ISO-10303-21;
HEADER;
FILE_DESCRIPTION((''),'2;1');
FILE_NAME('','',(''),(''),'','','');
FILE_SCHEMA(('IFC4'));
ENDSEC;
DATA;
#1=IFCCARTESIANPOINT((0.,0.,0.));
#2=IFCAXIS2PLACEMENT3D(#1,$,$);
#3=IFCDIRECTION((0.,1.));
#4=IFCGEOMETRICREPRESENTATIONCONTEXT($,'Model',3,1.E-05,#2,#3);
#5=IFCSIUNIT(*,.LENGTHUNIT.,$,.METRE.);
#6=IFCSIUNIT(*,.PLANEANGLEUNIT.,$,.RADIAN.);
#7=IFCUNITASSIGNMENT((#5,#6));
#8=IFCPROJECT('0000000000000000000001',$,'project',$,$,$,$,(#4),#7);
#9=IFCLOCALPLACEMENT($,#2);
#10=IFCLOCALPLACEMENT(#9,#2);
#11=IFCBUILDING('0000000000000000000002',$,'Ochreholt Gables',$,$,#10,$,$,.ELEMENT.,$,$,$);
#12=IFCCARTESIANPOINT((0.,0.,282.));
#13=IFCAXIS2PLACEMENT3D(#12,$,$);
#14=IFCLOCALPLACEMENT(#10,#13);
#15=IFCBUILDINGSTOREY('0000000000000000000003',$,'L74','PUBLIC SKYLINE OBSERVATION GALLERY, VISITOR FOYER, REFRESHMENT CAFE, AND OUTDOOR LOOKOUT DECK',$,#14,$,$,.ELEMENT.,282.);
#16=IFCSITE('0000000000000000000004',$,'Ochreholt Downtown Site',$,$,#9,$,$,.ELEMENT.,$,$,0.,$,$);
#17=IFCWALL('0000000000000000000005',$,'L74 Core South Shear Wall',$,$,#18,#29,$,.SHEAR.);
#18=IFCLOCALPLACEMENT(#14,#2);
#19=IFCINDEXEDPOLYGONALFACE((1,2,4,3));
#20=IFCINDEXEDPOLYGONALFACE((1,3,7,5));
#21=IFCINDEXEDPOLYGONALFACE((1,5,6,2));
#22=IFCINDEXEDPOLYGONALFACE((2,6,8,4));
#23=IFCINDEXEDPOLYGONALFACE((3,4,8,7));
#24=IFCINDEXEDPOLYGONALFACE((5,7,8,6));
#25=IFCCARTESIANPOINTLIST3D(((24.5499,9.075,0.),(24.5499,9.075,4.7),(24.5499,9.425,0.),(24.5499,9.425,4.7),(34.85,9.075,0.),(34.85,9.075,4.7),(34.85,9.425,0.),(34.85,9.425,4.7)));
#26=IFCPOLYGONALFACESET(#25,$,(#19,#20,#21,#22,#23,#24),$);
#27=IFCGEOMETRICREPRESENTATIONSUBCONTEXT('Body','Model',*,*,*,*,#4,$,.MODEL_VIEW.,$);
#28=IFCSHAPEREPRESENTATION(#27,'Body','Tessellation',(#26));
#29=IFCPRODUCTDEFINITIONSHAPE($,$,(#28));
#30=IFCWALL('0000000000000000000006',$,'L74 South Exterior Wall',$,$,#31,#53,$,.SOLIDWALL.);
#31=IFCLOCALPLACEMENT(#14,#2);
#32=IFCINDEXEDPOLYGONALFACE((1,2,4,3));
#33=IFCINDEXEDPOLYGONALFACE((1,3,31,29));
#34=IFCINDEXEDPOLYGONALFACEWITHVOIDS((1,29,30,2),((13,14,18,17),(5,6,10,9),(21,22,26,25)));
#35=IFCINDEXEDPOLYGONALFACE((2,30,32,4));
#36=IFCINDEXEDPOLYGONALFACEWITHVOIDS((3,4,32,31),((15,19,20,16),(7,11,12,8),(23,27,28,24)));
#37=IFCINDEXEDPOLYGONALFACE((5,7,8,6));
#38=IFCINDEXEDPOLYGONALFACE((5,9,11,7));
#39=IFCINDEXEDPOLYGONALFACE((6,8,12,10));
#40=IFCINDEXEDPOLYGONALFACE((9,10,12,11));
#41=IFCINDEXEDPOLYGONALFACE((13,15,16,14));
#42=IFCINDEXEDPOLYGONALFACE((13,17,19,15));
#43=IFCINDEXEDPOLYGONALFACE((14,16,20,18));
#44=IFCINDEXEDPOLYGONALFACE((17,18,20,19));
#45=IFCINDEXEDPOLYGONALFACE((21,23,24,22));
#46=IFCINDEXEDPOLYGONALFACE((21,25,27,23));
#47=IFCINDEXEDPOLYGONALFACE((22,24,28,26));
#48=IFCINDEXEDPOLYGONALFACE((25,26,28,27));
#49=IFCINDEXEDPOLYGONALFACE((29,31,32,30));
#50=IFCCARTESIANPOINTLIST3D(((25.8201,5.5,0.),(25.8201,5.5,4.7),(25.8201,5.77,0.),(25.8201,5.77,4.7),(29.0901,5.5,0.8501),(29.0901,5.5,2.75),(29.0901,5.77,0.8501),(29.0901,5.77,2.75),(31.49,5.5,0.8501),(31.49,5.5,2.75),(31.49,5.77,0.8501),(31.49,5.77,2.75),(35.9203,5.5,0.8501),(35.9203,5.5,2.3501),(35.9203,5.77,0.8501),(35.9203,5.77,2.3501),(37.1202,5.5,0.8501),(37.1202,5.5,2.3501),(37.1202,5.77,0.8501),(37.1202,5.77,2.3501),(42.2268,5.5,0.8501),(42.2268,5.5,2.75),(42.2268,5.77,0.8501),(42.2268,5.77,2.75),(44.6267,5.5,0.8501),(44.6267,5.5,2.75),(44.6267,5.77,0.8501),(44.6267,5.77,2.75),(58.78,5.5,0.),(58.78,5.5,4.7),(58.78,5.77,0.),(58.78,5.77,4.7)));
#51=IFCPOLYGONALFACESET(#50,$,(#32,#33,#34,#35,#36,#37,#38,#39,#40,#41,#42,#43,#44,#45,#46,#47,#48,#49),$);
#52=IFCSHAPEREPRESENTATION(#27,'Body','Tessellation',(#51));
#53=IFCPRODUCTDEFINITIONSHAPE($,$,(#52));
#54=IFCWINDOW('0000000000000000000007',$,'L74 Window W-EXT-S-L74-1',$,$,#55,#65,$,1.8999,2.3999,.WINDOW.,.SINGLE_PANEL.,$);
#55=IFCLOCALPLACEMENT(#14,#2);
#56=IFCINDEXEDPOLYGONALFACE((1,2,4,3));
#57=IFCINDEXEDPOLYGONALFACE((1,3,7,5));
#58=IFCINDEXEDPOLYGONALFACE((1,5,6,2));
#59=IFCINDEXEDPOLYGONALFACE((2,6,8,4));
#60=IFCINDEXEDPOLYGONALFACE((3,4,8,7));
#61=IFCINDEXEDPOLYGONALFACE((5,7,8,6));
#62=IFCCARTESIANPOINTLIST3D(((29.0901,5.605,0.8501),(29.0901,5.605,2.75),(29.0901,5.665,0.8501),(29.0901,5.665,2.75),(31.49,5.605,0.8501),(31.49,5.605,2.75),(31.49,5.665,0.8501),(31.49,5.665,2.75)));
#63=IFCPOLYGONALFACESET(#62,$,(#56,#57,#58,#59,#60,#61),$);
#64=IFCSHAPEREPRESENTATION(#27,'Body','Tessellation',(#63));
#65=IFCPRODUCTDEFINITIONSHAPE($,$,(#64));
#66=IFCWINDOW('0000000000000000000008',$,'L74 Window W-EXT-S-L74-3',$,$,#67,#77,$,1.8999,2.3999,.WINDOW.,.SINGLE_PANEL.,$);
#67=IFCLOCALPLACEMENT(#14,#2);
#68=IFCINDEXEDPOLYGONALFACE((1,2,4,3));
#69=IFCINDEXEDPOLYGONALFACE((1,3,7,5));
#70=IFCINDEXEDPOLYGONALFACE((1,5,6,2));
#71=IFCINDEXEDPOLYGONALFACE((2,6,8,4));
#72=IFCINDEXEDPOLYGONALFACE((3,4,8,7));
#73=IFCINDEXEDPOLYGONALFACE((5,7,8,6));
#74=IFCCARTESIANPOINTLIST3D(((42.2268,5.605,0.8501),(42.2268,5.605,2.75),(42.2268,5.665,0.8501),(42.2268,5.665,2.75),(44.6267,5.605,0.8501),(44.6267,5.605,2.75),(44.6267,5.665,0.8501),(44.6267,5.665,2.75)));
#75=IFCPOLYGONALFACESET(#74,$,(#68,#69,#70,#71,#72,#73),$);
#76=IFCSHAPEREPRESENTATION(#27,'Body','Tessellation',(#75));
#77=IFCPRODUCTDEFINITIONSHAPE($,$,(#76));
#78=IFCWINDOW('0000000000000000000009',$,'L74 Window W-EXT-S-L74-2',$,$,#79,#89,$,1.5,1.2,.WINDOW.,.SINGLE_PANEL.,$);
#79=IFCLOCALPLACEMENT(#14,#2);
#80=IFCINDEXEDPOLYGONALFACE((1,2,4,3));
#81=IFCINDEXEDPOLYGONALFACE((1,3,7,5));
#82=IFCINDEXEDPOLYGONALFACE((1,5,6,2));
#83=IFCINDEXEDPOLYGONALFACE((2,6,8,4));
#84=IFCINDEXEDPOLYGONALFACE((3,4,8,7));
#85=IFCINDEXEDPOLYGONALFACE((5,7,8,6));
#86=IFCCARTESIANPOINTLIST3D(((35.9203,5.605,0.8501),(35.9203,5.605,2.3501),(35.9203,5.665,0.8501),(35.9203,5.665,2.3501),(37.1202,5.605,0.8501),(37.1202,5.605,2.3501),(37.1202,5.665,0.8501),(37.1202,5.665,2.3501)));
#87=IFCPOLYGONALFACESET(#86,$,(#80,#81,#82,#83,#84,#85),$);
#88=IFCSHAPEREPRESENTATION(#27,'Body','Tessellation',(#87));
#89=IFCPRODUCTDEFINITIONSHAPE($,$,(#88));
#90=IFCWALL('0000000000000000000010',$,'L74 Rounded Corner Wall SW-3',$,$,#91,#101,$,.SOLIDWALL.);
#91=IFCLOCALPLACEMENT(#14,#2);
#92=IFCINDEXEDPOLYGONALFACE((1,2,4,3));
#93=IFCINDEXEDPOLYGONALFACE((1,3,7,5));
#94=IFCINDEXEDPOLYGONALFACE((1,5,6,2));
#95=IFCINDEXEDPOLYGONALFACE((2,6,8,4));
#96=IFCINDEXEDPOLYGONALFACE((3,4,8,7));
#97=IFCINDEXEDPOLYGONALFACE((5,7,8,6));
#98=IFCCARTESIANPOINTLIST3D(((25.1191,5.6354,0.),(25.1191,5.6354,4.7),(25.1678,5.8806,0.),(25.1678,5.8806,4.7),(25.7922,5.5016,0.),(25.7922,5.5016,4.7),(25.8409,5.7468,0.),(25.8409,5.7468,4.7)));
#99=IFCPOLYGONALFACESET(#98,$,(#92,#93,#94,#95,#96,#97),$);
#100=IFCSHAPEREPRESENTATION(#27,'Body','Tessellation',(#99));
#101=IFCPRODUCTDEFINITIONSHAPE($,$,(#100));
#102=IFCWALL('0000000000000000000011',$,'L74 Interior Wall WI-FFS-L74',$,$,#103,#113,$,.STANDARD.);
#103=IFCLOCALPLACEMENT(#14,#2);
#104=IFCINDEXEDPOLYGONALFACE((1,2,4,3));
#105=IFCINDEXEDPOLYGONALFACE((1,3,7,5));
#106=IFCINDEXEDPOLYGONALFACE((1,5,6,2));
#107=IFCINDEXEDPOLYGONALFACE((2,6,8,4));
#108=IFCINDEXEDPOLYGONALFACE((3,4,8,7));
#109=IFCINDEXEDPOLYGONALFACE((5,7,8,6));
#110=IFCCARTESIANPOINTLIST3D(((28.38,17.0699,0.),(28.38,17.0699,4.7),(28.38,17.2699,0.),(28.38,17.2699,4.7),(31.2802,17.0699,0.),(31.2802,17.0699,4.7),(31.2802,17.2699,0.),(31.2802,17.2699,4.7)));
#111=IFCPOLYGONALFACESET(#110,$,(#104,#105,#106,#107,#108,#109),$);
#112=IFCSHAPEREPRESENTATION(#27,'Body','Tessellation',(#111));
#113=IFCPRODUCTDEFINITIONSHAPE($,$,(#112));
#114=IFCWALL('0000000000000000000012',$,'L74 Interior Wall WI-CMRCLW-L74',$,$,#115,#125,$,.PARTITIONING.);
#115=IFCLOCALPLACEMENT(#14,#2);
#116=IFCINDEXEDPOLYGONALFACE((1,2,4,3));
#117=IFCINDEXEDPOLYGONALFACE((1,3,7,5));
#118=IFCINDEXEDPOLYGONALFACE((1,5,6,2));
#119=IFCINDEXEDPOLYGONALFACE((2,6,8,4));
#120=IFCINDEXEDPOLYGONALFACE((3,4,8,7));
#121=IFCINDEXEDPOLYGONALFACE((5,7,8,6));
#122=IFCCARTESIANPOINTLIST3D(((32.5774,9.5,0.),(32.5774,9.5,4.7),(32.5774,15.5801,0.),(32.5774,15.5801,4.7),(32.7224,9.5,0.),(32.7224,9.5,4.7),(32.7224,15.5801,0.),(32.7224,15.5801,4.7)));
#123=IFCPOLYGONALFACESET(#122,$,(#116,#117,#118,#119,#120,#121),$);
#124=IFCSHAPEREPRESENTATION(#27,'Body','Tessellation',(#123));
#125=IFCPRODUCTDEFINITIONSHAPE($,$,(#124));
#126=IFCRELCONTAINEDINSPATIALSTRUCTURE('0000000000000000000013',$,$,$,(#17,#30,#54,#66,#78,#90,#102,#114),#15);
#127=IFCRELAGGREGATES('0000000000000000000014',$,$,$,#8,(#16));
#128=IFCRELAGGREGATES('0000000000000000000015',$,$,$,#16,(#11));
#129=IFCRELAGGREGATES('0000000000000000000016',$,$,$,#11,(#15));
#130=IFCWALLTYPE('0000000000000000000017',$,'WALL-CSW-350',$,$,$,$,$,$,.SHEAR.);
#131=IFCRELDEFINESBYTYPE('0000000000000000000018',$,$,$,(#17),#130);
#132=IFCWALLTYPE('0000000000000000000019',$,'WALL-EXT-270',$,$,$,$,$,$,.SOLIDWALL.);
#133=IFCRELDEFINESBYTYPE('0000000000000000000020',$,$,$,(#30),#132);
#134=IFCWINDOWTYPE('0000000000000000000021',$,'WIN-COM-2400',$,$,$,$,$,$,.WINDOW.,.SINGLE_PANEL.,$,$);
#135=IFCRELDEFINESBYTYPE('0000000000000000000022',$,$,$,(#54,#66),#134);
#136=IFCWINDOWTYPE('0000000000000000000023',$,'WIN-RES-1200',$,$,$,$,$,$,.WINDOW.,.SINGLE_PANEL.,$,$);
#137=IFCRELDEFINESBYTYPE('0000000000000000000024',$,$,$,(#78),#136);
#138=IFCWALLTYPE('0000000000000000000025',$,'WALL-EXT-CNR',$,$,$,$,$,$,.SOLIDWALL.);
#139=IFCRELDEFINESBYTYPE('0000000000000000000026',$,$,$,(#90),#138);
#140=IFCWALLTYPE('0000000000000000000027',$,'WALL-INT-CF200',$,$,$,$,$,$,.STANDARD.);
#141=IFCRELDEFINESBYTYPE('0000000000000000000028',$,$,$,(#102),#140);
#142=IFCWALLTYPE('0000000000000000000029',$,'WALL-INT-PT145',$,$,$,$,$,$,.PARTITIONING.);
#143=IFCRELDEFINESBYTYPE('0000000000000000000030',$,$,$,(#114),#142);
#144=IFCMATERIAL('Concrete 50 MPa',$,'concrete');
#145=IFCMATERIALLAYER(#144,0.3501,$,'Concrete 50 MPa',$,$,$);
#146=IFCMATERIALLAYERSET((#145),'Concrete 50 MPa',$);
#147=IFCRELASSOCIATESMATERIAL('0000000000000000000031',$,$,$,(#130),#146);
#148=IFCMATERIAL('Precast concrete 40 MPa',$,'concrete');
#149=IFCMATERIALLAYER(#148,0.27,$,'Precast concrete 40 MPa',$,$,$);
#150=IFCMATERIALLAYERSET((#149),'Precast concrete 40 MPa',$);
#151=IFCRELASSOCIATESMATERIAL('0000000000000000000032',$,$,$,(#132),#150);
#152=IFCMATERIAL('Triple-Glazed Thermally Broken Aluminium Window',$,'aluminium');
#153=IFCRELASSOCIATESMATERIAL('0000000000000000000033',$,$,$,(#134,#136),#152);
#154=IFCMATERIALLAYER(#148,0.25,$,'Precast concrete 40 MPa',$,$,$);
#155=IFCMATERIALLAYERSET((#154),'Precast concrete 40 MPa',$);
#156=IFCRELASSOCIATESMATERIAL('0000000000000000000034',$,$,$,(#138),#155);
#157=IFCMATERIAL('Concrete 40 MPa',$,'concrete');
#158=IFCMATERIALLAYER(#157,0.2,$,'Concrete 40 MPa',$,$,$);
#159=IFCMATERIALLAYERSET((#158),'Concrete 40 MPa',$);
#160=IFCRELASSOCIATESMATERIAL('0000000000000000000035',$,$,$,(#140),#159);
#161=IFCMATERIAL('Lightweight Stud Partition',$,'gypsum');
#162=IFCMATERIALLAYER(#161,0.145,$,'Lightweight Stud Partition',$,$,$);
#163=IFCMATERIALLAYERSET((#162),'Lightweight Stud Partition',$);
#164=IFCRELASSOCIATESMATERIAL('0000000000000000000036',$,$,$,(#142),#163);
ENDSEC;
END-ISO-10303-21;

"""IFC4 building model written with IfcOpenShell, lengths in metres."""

from ifc_helpers import new_model, si_unit, direction, frame, frame_2d, origin, place, context, subcontext, project, spatial, rectangle, extrude, material, layer, layer_set, type_object, element, fill, save


model = new_model("IFC4")

# Units and contexts
model_context = context("Model", 3, precision=1e-05, world=origin(), true_north=direction((0.0, 1.0)))
body_context = subcontext(model_context, "Body", "Model", "MODEL_VIEW")
ifc_project = project(units=[si_unit("LENGTHUNIT", "METRE"), si_unit("PLANEANGLEUNIT", "RADIAN")], contexts=[model_context])

# Site, building, storey
site_placement = place(None, origin())
site = spatial("IfcSite", under=ifc_project, at=site_placement, Name="Ochreholt Downtown Site", CompositionType="ELEMENT", RefElevation=0.0)
building_placement = place(site_placement, origin())
building = spatial("IfcBuilding", under=site, at=building_placement, Name="Ochreholt Gables", CompositionType="ELEMENT")
storey_placement = place(building_placement, frame((0.0, 0.0, 282.0)))
storey = spatial("IfcBuildingStorey", under=building, at=storey_placement, Name="L74", Description="PUBLIC SKYLINE OBSERVATION GALLERY, VISITOR FOYER, REFRESHMENT CAFE, AND OUTDOOR LOOKOUT DECK", CompositionType="ELEMENT", Elevation=282.0)

# Wall
ifc_material_1 = material(Name="Concrete 50 MPa", Category="concrete")
ifc_layer_1 = layer(ifc_material_1, 0.3501, Name="Concrete 50 MPa")
ifc_layer_set_1 = layer_set([ifc_layer_1], Name="Concrete 50 MPa")
wall_type_1 = type_object("IfcWallType", Name="WALL-CSW-350", PredefinedType="SHEAR", material=ifc_layer_set_1)
wall_1_placement = place(storey_placement, frame((24.55, 9.25, 0.0), z_axis=(0.0, 0.0, 1.0), x_axis=(1.0, 0.0, 0.0)))
element("IfcWall", 1, at=wall_1_placement, inside=storey, type_object=wall_type_1, Name="L74 Core South Shear Wall", PredefinedType="SHEAR", context=body_context, shape_type="SweptSolid", body=[
    extrude(rectangle(XDim=10.3, YDim=0.3501, at=frame_2d((5.1499, 0.0))), origin(), (0.0, 0.0, 1.0), 4.7),
])

# Wall, openings, windows
ifc_material_2 = material(Name="Precast concrete 40 MPa", Category="concrete")
ifc_layer_2 = layer(ifc_material_2, 0.27, Name="Precast concrete 40 MPa")
ifc_layer_set_2 = layer_set([ifc_layer_2], Name="Precast concrete 40 MPa")
wall_type_2 = type_object("IfcWallType", Name="WALL-EXT-270", PredefinedType="SOLIDWALL", material=ifc_layer_set_2)
wall_2_placement = place(storey_placement, frame((25.8201, 5.635, 0.0), z_axis=(0.0, 0.0, 1.0), x_axis=(1.0, 0.0, 0.0)))
wall_2 = element("IfcWall", 2, at=wall_2_placement, inside=storey, type_object=wall_type_2, Name="L74 South Exterior Wall", PredefinedType="SOLIDWALL", context=body_context, shape_type="SweptSolid", body=[
    extrude(rectangle(XDim=32.96, YDim=0.27, at=frame_2d((16.48, 0.0))), origin(), (0.0, 0.0, 1.0), 4.7),
])
opening_1_placement = place(wall_2_placement, frame((3.27, 0.0, 0.8501)))
opening_1 = element("IfcOpeningElement", 3, at=opening_1_placement, cuts=wall_2, PredefinedType="OPENING", context=body_context, shape_type="SweptSolid", body=[
    extrude(rectangle(XDim=2.3999, YDim=1.8999, at=frame_2d((1.2, 0.95))), frame((0.0, 0.145, 0.0), z_axis=(0.0, -1.0, 0.0), x_axis=(1.0, 0.0, 0.0)), (0.0, 0.0, 1.0), 0.29),
])
opening_2_placement = place(wall_2_placement, frame((10.1001, 0.0, 0.8501)))
opening_2 = element("IfcOpeningElement", 4, at=opening_2_placement, cuts=wall_2, PredefinedType="OPENING", context=body_context, shape_type="SweptSolid", body=[
    extrude(rectangle(XDim=1.2, YDim=1.5, at=frame_2d((0.6001, 0.75))), frame((0.0, 0.145, 0.0), z_axis=(0.0, -1.0, 0.0), x_axis=(1.0, 0.0, 0.0)), (0.0, 0.0, 1.0), 0.29),
])
opening_3_placement = place(wall_2_placement, frame((16.4067, 0.0, 0.8501)))
opening_3 = element("IfcOpeningElement", 5, at=opening_3_placement, cuts=wall_2, PredefinedType="OPENING", context=body_context, shape_type="SweptSolid", body=[
    extrude(rectangle(XDim=2.3999, YDim=1.8999, at=frame_2d((1.2, 0.95))), frame((0.0, 0.145, 0.0), z_axis=(0.0, -1.0, 0.0), x_axis=(1.0, 0.0, 0.0)), (0.0, 0.0, 1.0), 0.29),
])
ifc_material_3 = material(Name="Triple-Glazed Thermally Broken Aluminium Window", Category="aluminium")
window_type_1 = type_object("IfcWindowType", Name="WIN-COM-2400", PartitioningType="SINGLE_PANEL", PredefinedType="WINDOW", material=ifc_material_3)
window_1_placement = place(opening_1_placement, origin())
window_1 = element("IfcWindow", 6, at=window_1_placement, inside=storey, type_object=window_type_1, Name="L74 Window W-EXT-S-L74-1", OverallHeight=1.8999, OverallWidth=2.3999, PartitioningType="SINGLE_PANEL", PredefinedType="WINDOW", context=body_context, shape_type="SweptSolid", body=[
    extrude(rectangle(XDim=2.3999, YDim=1.8999, at=frame_2d((1.2, 0.95))), frame((0.0, 0.03, 0.0), z_axis=(0.0, -1.0, 0.0), x_axis=(1.0, 0.0, 0.0)), (0.0, 0.0, 1.0), 0.0601),
])
fill(opening_1, window_1)
window_2_placement = place(opening_3_placement, origin())
window_2 = element("IfcWindow", 7, at=window_2_placement, inside=storey, type_object=window_type_1, Name="L74 Window W-EXT-S-L74-3", OverallHeight=1.8999, OverallWidth=2.3999, PartitioningType="SINGLE_PANEL", PredefinedType="WINDOW", context=body_context, shape_type="SweptSolid", body=[
    extrude(rectangle(XDim=2.3999, YDim=1.8999, at=frame_2d((1.2, 0.95))), frame((0.0, 0.03, 0.0), z_axis=(0.0, -1.0, 0.0), x_axis=(1.0, 0.0, 0.0)), (0.0, 0.0, 1.0), 0.0601),
])
fill(opening_3, window_2)
window_type_2 = type_object("IfcWindowType", Name="WIN-RES-1200", PartitioningType="SINGLE_PANEL", PredefinedType="WINDOW", material=ifc_material_3)
window_3_placement = place(opening_2_placement, origin())
window_3 = element("IfcWindow", 8, at=window_3_placement, inside=storey, type_object=window_type_2, Name="L74 Window W-EXT-S-L74-2", OverallHeight=1.5, OverallWidth=1.2, PartitioningType="SINGLE_PANEL", PredefinedType="WINDOW", context=body_context, shape_type="SweptSolid", body=[
    extrude(rectangle(XDim=1.2, YDim=1.5, at=frame_2d((0.6001, 0.75))), frame((0.0, 0.03, 0.0), z_axis=(0.0, -1.0, 0.0), x_axis=(1.0, 0.0, 0.0)), (0.0, 0.0, 1.0), 0.0601),
])
fill(opening_2, window_3)

# Walls
ifc_layer_3 = layer(ifc_material_2, 0.25, Name="Precast concrete 40 MPa")
ifc_layer_set_3 = layer_set([ifc_layer_3], Name="Precast concrete 40 MPa")
wall_type_3 = type_object("IfcWallType", Name="WALL-EXT-CNR", PredefinedType="SOLIDWALL", material=ifc_layer_set_3)
wall_3_placement = place(storey_placement, frame((25.1433, 5.7581, 0.0), z_axis=(0.0, 0.0, 1.0), x_axis=(0.980813, -0.194953, 0.0)))
element("IfcWall", 9, at=wall_3_placement, inside=storey, type_object=wall_type_3, Name="L74 Rounded Corner Wall SW-3", PredefinedType="SOLIDWALL", context=body_context, shape_type="SweptSolid", body=[
    extrude(rectangle(XDim=0.6863, YDim=0.25, at=frame_2d((0.3433, 0.0))), origin(), (0.0, 0.0, 1.0), 4.7),
])
ifc_material_4 = material(Name="Concrete 40 MPa", Category="concrete")
ifc_layer_4 = layer(ifc_material_4, 0.2, Name="Concrete 40 MPa")
ifc_layer_set_4 = layer_set([ifc_layer_4], Name="Concrete 40 MPa")
wall_type_4 = type_object("IfcWallType", Name="WALL-INT-CF200", PredefinedType="STANDARD", material=ifc_layer_set_4)
wall_4_placement = place(storey_placement, frame((28.3799, 17.1699, 0.0), z_axis=(0.0, 0.0, 1.0), x_axis=(1.0, 0.0, 0.0)))
element("IfcWall", 10, at=wall_4_placement, inside=storey, type_object=wall_type_4, Name="L74 Interior Wall WI-FFS-L74", PredefinedType="STANDARD", context=body_context, shape_type="SweptSolid", body=[
    extrude(rectangle(XDim=2.9001, YDim=0.2, at=frame_2d((1.4502, 0.0))), origin(), (0.0, 0.0, 1.0), 4.7),
])

# Wall
ifc_material_5 = material(Name="Lightweight Stud Partition", Category="gypsum")
ifc_layer_5 = layer(ifc_material_5, 0.145, Name="Lightweight Stud Partition")
ifc_layer_set_5 = layer_set([ifc_layer_5], Name="Lightweight Stud Partition")
wall_type_5 = type_object("IfcWallType", Name="WALL-INT-PT145", PredefinedType="PARTITIONING", material=ifc_layer_set_5)
wall_5_placement = place(storey_placement, frame((32.6499, 9.5, 0.0), z_axis=(0.0, 0.0, 1.0), x_axis=(0.0, 1.0, 0.0)))
element("IfcWall", 11, at=wall_5_placement, inside=storey, type_object=wall_type_5, Name="L74 Interior Wall WI-CMRCLW-L74", PredefinedType="PARTITIONING", context=body_context, shape_type="SweptSolid", body=[
    extrude(rectangle(XDim=6.0801, YDim=0.145, at=frame_2d((3.04, 0.0))), origin(), (0.0, 0.0, 1.0), 4.7),
])

save(model, "model.ifc")
